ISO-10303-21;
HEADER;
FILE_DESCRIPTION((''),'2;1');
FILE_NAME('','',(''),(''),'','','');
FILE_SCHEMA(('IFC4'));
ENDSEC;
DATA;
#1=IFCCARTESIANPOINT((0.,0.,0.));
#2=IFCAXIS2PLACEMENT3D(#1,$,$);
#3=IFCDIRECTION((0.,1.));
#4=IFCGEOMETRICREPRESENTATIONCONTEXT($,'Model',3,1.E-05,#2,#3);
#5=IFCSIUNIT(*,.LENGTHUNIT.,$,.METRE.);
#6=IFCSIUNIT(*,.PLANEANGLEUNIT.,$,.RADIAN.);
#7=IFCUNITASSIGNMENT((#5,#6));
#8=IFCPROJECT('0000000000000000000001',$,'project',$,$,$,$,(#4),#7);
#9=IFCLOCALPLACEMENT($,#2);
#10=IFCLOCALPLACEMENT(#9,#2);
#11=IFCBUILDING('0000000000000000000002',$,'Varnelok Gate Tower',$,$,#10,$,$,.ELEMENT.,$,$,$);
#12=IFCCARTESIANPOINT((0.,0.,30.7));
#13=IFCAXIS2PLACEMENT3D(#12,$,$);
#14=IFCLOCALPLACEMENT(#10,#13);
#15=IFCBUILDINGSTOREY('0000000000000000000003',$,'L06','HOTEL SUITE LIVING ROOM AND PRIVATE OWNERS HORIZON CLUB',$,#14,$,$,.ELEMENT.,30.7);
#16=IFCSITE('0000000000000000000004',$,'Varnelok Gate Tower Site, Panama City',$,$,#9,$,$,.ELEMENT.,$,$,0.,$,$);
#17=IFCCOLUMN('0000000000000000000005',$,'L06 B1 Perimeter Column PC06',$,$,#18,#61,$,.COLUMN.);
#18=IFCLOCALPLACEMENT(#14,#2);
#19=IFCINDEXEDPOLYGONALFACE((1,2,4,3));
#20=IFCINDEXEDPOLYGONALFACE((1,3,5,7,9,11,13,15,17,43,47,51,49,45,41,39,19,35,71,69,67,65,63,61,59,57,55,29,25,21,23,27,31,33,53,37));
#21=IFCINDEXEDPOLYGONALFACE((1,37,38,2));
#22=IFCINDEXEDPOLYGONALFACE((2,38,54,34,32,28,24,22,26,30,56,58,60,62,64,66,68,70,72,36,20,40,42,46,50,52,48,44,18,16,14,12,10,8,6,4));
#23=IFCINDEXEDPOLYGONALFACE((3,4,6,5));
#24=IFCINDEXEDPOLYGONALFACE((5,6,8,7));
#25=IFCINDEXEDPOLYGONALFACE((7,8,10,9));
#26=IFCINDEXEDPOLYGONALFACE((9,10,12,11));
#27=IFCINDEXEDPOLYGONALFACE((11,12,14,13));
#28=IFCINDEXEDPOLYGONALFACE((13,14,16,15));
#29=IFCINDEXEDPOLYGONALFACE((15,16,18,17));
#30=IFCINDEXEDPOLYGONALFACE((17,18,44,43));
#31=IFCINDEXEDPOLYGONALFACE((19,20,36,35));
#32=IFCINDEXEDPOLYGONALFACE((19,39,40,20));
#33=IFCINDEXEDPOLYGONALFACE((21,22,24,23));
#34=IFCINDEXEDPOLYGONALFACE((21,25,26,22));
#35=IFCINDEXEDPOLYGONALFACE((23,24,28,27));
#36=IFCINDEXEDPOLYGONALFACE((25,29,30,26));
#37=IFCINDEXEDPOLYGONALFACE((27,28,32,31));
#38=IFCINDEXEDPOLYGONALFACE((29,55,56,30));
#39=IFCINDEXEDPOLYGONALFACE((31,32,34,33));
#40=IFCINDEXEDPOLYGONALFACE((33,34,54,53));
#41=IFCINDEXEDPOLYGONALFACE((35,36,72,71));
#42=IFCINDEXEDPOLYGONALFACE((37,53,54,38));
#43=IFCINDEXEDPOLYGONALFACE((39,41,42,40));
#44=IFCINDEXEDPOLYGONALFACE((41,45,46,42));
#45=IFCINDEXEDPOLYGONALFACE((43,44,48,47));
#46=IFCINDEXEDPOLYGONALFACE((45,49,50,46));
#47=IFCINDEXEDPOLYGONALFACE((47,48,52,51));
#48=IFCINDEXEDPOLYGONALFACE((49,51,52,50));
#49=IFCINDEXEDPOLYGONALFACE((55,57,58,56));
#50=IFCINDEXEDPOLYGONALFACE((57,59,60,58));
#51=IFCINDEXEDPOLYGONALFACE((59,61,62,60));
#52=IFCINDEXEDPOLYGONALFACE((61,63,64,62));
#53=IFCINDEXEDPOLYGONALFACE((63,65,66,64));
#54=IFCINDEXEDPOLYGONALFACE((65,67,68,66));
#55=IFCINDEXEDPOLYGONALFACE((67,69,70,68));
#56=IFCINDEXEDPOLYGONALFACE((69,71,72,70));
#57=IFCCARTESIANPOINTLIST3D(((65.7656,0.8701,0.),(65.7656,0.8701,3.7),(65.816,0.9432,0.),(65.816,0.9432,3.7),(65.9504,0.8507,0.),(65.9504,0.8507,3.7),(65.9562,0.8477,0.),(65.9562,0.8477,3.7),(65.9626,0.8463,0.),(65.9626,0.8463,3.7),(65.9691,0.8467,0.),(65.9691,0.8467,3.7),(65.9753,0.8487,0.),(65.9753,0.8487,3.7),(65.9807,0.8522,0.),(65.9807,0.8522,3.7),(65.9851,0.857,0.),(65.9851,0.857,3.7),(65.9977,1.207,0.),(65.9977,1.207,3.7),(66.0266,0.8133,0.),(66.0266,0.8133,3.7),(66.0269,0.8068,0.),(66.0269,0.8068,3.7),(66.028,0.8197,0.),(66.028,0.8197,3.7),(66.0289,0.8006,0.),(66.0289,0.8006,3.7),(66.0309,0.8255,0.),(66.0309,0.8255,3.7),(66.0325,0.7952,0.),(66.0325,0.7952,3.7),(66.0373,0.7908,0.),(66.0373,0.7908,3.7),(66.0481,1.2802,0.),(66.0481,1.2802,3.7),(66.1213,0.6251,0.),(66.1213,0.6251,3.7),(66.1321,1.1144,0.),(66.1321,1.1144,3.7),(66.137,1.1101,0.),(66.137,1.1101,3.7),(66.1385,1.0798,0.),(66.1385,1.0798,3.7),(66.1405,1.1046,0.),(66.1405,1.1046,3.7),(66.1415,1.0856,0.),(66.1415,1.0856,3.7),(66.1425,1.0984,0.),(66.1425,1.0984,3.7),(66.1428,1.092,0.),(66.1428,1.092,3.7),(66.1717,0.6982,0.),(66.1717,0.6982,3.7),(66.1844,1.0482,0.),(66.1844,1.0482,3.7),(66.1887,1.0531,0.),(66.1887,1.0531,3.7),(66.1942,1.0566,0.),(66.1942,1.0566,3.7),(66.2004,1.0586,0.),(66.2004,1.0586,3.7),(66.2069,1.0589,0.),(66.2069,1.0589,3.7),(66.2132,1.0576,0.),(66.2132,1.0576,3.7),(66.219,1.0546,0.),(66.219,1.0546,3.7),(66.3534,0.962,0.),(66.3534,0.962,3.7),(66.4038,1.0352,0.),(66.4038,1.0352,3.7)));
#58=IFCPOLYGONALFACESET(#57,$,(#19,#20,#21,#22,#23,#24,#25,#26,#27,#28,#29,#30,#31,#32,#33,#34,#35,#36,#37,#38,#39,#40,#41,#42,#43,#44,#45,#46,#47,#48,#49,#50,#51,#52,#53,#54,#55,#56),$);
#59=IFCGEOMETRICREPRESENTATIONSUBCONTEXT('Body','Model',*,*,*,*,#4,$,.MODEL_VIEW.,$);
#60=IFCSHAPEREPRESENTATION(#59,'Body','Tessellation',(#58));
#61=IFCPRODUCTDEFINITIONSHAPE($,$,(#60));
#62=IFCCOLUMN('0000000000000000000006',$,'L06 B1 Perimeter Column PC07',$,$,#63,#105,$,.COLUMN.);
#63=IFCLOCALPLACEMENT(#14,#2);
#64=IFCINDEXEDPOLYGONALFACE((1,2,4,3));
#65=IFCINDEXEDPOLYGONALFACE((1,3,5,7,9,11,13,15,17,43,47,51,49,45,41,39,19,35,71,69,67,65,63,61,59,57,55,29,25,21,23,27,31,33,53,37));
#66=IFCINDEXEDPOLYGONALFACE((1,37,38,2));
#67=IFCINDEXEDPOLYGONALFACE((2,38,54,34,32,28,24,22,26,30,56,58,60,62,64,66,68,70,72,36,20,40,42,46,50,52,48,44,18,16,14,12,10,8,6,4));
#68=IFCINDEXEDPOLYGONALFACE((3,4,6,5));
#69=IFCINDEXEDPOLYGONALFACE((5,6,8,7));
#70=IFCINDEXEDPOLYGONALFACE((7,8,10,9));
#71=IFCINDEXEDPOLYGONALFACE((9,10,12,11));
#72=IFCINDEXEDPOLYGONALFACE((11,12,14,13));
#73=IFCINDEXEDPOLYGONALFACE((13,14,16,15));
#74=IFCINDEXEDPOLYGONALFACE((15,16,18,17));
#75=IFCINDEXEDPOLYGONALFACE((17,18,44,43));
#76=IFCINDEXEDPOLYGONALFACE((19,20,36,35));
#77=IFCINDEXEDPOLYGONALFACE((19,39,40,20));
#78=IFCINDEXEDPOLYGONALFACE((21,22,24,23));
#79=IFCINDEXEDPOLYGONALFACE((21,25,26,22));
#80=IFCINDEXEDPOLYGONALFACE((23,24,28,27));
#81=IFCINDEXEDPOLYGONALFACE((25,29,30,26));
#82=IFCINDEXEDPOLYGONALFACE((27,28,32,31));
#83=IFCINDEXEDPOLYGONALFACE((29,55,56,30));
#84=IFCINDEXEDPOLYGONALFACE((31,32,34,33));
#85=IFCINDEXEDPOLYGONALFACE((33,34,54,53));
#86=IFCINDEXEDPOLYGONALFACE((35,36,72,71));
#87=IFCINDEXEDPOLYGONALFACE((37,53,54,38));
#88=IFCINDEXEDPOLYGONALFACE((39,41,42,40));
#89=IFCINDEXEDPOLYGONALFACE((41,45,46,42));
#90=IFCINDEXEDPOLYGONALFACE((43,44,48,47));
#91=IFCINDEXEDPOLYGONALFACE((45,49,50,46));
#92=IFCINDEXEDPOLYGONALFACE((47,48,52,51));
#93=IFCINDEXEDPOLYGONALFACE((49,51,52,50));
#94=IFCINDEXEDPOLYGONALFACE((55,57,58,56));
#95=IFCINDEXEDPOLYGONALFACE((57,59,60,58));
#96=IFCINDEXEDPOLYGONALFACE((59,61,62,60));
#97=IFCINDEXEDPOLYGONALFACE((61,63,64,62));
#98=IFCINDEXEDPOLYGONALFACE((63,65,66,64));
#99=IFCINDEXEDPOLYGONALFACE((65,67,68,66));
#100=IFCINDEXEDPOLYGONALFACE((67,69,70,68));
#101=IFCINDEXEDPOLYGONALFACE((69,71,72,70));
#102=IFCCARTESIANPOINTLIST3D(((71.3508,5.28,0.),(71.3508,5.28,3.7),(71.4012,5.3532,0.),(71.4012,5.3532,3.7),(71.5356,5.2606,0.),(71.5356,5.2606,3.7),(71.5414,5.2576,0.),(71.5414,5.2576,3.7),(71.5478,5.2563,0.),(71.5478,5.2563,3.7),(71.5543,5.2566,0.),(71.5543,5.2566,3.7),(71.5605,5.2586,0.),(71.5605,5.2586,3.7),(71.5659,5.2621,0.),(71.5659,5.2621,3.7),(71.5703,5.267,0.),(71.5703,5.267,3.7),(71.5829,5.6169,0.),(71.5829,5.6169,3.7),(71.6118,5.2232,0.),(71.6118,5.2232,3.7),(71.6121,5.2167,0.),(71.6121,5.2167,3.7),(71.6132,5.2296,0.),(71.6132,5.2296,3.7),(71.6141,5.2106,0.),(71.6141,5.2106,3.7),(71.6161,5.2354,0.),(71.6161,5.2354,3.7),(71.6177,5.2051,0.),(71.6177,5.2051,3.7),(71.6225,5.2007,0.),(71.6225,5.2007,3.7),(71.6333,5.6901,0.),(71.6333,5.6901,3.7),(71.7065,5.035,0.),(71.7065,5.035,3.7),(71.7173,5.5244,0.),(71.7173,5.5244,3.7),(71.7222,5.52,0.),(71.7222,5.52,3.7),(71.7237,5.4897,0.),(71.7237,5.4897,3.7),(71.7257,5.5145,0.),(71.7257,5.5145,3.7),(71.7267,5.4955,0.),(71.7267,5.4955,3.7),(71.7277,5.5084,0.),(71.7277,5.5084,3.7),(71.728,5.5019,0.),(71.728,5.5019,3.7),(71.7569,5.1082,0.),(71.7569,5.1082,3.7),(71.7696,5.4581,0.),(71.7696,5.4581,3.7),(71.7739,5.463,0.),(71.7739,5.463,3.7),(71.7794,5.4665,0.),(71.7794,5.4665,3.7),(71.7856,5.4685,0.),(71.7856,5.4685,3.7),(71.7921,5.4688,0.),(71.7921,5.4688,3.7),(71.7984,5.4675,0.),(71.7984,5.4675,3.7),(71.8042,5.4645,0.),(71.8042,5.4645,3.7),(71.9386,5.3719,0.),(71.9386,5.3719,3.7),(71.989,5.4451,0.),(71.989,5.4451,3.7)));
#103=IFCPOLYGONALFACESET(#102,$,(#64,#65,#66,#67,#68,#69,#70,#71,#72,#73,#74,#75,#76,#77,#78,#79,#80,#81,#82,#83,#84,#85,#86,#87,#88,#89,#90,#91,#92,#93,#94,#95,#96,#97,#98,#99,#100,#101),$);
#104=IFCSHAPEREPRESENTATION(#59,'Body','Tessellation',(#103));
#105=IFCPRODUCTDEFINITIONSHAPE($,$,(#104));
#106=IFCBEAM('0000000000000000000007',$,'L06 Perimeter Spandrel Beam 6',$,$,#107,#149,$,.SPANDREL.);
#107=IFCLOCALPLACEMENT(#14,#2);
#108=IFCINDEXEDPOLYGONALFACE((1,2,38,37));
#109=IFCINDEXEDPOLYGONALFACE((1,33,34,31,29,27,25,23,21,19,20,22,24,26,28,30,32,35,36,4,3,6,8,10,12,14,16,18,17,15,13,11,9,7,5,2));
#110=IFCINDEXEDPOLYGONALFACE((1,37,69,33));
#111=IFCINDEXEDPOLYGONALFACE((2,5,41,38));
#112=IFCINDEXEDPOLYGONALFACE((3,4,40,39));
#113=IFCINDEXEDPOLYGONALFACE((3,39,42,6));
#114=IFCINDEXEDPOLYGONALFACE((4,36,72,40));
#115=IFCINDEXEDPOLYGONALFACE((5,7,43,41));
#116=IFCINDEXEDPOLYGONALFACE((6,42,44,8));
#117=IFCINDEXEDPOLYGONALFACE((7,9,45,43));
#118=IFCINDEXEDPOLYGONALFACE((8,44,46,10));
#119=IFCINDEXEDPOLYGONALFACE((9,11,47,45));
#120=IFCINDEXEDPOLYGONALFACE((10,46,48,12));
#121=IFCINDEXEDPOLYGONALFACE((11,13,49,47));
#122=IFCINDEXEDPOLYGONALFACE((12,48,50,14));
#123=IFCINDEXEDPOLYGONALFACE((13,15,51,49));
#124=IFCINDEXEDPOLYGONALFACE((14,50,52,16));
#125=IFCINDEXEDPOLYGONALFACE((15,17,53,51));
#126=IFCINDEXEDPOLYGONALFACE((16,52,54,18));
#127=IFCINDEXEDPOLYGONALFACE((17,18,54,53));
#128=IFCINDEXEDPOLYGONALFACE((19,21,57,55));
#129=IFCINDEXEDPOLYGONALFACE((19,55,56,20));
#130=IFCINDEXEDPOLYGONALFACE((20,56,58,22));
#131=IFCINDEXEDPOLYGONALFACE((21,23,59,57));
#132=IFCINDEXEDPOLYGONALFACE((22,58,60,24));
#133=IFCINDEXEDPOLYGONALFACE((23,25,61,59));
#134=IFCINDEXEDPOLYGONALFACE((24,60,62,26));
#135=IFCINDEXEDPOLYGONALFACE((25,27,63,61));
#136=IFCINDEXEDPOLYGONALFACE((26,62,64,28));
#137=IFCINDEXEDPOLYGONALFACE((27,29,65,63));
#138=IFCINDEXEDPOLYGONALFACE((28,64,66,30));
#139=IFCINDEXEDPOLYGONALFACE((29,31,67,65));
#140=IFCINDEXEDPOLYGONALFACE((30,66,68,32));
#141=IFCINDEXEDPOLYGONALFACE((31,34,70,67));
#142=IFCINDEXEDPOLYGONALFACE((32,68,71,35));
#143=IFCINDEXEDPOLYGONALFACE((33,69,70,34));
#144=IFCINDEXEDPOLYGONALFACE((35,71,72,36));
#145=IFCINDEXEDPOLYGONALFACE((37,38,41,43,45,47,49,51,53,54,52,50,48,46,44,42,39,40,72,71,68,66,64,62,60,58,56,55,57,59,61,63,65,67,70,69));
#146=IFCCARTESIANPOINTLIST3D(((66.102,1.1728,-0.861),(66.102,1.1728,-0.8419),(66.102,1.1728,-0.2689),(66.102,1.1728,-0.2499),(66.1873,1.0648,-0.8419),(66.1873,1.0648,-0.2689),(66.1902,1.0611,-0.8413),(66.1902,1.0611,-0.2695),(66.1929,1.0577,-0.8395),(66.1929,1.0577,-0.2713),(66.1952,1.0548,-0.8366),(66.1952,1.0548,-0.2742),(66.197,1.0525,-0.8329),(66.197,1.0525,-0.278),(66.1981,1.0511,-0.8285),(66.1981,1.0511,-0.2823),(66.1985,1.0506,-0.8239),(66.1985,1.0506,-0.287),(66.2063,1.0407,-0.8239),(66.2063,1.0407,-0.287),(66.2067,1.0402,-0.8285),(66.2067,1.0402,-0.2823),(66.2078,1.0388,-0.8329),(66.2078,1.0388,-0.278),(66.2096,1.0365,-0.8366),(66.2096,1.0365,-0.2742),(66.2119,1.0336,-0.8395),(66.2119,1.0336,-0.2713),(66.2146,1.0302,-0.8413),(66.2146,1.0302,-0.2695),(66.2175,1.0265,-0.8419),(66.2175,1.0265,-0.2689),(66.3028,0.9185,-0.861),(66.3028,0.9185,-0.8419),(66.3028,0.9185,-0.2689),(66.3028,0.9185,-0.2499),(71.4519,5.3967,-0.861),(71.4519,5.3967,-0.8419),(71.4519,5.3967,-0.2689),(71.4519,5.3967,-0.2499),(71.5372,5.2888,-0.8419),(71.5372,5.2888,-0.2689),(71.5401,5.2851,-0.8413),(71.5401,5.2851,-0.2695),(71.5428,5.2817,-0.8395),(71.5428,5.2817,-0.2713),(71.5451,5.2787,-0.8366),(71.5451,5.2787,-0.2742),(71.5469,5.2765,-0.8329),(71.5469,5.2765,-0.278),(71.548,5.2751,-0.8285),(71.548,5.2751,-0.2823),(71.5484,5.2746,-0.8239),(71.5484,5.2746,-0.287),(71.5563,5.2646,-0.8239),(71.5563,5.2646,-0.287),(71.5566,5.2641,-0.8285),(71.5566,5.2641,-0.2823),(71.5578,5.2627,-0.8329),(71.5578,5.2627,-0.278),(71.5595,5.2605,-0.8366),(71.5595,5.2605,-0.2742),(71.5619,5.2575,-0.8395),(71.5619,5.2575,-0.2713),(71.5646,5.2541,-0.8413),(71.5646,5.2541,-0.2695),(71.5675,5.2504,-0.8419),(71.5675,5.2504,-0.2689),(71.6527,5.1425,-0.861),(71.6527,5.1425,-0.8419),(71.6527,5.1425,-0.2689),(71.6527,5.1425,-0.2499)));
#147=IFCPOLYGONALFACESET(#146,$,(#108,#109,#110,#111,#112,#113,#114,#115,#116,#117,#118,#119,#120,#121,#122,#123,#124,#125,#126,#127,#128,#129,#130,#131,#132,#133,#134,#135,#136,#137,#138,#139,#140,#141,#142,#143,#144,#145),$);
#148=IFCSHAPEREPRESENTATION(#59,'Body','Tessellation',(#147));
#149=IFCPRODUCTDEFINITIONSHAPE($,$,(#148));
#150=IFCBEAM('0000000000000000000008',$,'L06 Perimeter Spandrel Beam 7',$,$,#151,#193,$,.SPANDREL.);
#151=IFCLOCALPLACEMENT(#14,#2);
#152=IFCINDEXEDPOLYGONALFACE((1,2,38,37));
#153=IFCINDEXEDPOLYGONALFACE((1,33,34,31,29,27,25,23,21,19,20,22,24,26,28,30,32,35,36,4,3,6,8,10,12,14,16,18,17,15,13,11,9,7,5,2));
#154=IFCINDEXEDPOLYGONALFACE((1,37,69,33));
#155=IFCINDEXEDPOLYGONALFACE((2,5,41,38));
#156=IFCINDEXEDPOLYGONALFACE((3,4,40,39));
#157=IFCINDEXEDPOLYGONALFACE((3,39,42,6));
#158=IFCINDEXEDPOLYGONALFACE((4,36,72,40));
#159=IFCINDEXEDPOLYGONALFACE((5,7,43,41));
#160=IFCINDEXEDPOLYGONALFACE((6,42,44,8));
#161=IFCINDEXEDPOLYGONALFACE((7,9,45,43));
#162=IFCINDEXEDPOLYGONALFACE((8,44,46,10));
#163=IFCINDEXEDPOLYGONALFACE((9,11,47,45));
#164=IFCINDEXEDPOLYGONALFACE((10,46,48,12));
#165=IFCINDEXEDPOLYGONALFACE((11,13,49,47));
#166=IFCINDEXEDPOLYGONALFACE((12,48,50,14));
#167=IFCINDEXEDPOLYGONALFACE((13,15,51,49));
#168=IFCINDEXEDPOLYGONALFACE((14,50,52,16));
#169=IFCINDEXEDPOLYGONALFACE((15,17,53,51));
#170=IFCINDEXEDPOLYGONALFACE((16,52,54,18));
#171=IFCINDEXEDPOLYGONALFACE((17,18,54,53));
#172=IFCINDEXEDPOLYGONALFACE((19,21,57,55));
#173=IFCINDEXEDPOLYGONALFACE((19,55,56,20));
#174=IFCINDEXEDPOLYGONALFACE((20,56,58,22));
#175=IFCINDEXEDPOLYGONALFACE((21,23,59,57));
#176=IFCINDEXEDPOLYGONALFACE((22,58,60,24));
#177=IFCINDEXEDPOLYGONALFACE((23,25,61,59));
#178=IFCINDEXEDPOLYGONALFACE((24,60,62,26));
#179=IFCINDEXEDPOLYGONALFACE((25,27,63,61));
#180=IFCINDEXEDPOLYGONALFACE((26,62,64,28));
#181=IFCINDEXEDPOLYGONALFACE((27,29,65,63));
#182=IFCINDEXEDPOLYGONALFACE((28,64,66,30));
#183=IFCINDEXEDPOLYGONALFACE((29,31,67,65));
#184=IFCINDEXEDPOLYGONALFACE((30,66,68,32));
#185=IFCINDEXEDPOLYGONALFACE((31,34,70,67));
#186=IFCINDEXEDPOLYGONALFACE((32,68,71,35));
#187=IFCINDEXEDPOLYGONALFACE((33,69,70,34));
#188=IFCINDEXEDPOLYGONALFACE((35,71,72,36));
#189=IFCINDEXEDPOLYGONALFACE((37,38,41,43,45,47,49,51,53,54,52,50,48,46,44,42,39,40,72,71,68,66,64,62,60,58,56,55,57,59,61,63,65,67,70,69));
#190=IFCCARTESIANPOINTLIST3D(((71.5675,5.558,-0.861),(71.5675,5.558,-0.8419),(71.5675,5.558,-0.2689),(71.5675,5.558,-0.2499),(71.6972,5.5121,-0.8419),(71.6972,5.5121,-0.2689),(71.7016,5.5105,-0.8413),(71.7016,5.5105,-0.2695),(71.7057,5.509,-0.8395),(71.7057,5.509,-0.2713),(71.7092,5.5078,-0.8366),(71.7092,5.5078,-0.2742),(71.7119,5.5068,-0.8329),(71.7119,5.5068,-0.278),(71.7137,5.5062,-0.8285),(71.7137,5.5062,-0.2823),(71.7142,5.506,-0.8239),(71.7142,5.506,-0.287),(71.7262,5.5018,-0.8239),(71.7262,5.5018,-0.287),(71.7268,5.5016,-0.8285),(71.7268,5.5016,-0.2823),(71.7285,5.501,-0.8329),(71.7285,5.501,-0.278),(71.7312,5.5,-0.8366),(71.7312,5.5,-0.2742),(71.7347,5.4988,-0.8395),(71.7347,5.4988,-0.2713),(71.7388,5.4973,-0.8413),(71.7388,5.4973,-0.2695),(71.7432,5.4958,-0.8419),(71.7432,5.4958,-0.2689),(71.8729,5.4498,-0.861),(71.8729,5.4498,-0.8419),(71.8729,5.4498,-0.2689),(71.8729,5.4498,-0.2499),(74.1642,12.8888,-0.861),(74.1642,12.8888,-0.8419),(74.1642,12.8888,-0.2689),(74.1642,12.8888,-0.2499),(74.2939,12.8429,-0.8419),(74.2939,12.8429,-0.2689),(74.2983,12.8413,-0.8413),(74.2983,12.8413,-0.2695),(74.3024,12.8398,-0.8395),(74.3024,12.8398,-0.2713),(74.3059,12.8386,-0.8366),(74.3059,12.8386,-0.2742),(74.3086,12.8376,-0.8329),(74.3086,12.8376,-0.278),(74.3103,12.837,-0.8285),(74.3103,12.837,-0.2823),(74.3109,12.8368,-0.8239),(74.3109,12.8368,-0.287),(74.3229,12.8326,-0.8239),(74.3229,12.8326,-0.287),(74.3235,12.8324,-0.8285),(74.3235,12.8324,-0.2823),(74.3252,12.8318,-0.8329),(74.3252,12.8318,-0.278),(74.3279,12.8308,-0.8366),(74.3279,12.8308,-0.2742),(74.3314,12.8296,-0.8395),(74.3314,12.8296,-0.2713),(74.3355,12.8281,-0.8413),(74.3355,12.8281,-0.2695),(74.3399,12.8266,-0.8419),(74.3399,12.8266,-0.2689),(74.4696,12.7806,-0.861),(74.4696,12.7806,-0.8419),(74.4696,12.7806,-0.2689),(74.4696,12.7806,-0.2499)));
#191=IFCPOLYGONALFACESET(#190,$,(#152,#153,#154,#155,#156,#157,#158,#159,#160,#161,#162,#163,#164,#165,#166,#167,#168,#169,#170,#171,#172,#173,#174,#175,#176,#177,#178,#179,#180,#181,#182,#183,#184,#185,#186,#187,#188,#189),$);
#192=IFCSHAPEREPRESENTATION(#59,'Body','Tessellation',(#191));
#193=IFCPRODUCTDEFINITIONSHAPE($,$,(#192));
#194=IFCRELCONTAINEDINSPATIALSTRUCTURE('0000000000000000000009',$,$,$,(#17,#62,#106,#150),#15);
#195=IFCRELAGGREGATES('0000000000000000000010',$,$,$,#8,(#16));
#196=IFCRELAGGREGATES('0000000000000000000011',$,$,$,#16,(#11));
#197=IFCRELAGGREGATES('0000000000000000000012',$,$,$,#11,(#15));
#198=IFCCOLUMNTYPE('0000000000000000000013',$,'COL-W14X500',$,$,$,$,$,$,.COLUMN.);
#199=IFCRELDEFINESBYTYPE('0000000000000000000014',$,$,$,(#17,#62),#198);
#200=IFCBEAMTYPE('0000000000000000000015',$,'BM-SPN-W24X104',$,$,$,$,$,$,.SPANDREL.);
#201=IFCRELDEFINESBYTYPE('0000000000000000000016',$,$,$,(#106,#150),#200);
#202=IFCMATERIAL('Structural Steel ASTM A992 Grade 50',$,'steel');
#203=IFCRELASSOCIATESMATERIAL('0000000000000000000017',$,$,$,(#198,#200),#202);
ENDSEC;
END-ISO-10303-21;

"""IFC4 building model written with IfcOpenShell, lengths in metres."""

from ifc_helpers import new_model, si_unit, direction, frame, origin, origin_2d, place, context, subcontext, project, spatial, i_section, extrude, material, material_profile, profile_set, type_object, element, save


model = new_model("IFC4")

# Units and contexts
model_context = context("Model", 3, precision=1e-05, world=origin(), true_north=direction((0.0, 1.0)))
body_context = subcontext(model_context, "Body", "Model", "MODEL_VIEW")
ifc_project = project(units=[si_unit("LENGTHUNIT", "METRE"), si_unit("PLANEANGLEUNIT", "RADIAN")], contexts=[model_context])

# Site, building, storey
site_placement = place(None, origin())
site = spatial("IfcSite", under=ifc_project, at=site_placement, Name="Varnelok Gate Tower Site, Panama City", CompositionType="ELEMENT", RefElevation=0.0)
building_placement = place(site_placement, origin())
building = spatial("IfcBuilding", under=site, at=building_placement, Name="Varnelok Gate Tower", CompositionType="ELEMENT")
storey_placement = place(building_placement, frame((0.0, 0.0, 30.7)))
storey = spatial("IfcBuildingStorey", under=building, at=storey_placement, Name="L06", Description="HOTEL SUITE LIVING ROOM AND PRIVATE OWNERS HORIZON CLUB", CompositionType="ELEMENT", Elevation=30.7)

# Columns
ifc_material_1 = material(Name="Structural Steel ASTM A992 Grade 50", Category="steel")
ifc_material_profile_1 = material_profile(ifc_material_1, i_section(OverallWidth=0.4319, OverallDepth=0.498, WebThickness=0.0557, FlangeThickness=0.0889, FilletRadius=0.0249, at=origin_2d()), Name="W14X500")
ifc_profile_set_1 = profile_set([ifc_material_profile_1], Name="Structural Steel ASTM A992 Grade 50")
column_type = type_object("IfcColumnType", Name="COL-W14X500", PredefinedType="COLUMN", material=ifc_profile_set_1)
for number, where, z_axis, x_axis, name in (
    (1, (66.0847, 0.9526, 0.0), (0.0, 0.0, 1.0), (0.823533, -0.567269, 0.0), "L06 B1 Perimeter Column PC06"),
    (2, (71.6699, 5.3625, 0.0), (0.0, 0.0, 1.0), (0.823533, -0.567269, 0.0), "L06 B1 Perimeter Column PC07"),
):
    element("IfcColumn", number, at=place(storey_placement, frame(where, z_axis=z_axis, x_axis=x_axis)), inside=storey, type_object=column_type, Name=name, PredefinedType="COLUMN", context=body_context, shape_type="SweptSolid", body=[
        extrude(i_section(OverallWidth=0.4319, OverallDepth=0.498, WebThickness=0.0557, FlangeThickness=0.0889, FilletRadius=0.0249, at=origin_2d()), origin(), (0.0, 0.0, 1.0), 3.7),
    ])

# Beams
ifc_material_profile_2 = material_profile(ifc_material_1, i_section(OverallWidth=0.324, OverallDepth=0.6111, WebThickness=0.0127, FlangeThickness=0.019, FilletRadius=0.0181, at=origin_2d()), Name="W24X104")
ifc_profile_set_2 = profile_set([ifc_material_profile_2], Name="Structural Steel ASTM A992 Grade 50")
beam_type = type_object("IfcBeamType", Name="BM-SPN-W24X104", PredefinedType="SPANDREL", material=ifc_profile_set_2)
beam_1_placement = place(storey_placement, frame((66.2024, 1.0457, -0.5554), z_axis=(0.784861, 0.619672, 0.0), x_axis=(-0.619672, 0.784861, 0.0)))
element("IfcBeam", 3, at=beam_1_placement, inside=storey, type_object=beam_type, Name="L06 Perimeter Spandrel Beam 6", PredefinedType="SPANDREL", context=body_context, shape_type="SweptSolid", body=[
    extrude(i_section(OverallWidth=0.324, OverallDepth=0.6111, WebThickness=0.0127, FlangeThickness=0.019, FilletRadius=0.0181, at=origin_2d()), origin(), (0.0, 0.0, 1.0), 6.8164),
])
beam_2_placement = place(storey_placement, frame((71.7202, 5.5039, -0.5554), z_axis=(0.333887, 0.942613, 0.0), x_axis=(-0.942613, 0.333887, 0.0)))
element("IfcBeam", 4, at=beam_2_placement, inside=storey, type_object=beam_type, Name="L06 Perimeter Spandrel Beam 7", PredefinedType="SPANDREL", context=body_context, shape_type="SweptSolid", body=[
    extrude(i_section(OverallWidth=0.324, OverallDepth=0.6111, WebThickness=0.0127, FlangeThickness=0.019, FilletRadius=0.0181, at=origin_2d()), origin(), (0.0, 0.0, 1.0), 7.7771),
])

save(model, "model.ifc")
